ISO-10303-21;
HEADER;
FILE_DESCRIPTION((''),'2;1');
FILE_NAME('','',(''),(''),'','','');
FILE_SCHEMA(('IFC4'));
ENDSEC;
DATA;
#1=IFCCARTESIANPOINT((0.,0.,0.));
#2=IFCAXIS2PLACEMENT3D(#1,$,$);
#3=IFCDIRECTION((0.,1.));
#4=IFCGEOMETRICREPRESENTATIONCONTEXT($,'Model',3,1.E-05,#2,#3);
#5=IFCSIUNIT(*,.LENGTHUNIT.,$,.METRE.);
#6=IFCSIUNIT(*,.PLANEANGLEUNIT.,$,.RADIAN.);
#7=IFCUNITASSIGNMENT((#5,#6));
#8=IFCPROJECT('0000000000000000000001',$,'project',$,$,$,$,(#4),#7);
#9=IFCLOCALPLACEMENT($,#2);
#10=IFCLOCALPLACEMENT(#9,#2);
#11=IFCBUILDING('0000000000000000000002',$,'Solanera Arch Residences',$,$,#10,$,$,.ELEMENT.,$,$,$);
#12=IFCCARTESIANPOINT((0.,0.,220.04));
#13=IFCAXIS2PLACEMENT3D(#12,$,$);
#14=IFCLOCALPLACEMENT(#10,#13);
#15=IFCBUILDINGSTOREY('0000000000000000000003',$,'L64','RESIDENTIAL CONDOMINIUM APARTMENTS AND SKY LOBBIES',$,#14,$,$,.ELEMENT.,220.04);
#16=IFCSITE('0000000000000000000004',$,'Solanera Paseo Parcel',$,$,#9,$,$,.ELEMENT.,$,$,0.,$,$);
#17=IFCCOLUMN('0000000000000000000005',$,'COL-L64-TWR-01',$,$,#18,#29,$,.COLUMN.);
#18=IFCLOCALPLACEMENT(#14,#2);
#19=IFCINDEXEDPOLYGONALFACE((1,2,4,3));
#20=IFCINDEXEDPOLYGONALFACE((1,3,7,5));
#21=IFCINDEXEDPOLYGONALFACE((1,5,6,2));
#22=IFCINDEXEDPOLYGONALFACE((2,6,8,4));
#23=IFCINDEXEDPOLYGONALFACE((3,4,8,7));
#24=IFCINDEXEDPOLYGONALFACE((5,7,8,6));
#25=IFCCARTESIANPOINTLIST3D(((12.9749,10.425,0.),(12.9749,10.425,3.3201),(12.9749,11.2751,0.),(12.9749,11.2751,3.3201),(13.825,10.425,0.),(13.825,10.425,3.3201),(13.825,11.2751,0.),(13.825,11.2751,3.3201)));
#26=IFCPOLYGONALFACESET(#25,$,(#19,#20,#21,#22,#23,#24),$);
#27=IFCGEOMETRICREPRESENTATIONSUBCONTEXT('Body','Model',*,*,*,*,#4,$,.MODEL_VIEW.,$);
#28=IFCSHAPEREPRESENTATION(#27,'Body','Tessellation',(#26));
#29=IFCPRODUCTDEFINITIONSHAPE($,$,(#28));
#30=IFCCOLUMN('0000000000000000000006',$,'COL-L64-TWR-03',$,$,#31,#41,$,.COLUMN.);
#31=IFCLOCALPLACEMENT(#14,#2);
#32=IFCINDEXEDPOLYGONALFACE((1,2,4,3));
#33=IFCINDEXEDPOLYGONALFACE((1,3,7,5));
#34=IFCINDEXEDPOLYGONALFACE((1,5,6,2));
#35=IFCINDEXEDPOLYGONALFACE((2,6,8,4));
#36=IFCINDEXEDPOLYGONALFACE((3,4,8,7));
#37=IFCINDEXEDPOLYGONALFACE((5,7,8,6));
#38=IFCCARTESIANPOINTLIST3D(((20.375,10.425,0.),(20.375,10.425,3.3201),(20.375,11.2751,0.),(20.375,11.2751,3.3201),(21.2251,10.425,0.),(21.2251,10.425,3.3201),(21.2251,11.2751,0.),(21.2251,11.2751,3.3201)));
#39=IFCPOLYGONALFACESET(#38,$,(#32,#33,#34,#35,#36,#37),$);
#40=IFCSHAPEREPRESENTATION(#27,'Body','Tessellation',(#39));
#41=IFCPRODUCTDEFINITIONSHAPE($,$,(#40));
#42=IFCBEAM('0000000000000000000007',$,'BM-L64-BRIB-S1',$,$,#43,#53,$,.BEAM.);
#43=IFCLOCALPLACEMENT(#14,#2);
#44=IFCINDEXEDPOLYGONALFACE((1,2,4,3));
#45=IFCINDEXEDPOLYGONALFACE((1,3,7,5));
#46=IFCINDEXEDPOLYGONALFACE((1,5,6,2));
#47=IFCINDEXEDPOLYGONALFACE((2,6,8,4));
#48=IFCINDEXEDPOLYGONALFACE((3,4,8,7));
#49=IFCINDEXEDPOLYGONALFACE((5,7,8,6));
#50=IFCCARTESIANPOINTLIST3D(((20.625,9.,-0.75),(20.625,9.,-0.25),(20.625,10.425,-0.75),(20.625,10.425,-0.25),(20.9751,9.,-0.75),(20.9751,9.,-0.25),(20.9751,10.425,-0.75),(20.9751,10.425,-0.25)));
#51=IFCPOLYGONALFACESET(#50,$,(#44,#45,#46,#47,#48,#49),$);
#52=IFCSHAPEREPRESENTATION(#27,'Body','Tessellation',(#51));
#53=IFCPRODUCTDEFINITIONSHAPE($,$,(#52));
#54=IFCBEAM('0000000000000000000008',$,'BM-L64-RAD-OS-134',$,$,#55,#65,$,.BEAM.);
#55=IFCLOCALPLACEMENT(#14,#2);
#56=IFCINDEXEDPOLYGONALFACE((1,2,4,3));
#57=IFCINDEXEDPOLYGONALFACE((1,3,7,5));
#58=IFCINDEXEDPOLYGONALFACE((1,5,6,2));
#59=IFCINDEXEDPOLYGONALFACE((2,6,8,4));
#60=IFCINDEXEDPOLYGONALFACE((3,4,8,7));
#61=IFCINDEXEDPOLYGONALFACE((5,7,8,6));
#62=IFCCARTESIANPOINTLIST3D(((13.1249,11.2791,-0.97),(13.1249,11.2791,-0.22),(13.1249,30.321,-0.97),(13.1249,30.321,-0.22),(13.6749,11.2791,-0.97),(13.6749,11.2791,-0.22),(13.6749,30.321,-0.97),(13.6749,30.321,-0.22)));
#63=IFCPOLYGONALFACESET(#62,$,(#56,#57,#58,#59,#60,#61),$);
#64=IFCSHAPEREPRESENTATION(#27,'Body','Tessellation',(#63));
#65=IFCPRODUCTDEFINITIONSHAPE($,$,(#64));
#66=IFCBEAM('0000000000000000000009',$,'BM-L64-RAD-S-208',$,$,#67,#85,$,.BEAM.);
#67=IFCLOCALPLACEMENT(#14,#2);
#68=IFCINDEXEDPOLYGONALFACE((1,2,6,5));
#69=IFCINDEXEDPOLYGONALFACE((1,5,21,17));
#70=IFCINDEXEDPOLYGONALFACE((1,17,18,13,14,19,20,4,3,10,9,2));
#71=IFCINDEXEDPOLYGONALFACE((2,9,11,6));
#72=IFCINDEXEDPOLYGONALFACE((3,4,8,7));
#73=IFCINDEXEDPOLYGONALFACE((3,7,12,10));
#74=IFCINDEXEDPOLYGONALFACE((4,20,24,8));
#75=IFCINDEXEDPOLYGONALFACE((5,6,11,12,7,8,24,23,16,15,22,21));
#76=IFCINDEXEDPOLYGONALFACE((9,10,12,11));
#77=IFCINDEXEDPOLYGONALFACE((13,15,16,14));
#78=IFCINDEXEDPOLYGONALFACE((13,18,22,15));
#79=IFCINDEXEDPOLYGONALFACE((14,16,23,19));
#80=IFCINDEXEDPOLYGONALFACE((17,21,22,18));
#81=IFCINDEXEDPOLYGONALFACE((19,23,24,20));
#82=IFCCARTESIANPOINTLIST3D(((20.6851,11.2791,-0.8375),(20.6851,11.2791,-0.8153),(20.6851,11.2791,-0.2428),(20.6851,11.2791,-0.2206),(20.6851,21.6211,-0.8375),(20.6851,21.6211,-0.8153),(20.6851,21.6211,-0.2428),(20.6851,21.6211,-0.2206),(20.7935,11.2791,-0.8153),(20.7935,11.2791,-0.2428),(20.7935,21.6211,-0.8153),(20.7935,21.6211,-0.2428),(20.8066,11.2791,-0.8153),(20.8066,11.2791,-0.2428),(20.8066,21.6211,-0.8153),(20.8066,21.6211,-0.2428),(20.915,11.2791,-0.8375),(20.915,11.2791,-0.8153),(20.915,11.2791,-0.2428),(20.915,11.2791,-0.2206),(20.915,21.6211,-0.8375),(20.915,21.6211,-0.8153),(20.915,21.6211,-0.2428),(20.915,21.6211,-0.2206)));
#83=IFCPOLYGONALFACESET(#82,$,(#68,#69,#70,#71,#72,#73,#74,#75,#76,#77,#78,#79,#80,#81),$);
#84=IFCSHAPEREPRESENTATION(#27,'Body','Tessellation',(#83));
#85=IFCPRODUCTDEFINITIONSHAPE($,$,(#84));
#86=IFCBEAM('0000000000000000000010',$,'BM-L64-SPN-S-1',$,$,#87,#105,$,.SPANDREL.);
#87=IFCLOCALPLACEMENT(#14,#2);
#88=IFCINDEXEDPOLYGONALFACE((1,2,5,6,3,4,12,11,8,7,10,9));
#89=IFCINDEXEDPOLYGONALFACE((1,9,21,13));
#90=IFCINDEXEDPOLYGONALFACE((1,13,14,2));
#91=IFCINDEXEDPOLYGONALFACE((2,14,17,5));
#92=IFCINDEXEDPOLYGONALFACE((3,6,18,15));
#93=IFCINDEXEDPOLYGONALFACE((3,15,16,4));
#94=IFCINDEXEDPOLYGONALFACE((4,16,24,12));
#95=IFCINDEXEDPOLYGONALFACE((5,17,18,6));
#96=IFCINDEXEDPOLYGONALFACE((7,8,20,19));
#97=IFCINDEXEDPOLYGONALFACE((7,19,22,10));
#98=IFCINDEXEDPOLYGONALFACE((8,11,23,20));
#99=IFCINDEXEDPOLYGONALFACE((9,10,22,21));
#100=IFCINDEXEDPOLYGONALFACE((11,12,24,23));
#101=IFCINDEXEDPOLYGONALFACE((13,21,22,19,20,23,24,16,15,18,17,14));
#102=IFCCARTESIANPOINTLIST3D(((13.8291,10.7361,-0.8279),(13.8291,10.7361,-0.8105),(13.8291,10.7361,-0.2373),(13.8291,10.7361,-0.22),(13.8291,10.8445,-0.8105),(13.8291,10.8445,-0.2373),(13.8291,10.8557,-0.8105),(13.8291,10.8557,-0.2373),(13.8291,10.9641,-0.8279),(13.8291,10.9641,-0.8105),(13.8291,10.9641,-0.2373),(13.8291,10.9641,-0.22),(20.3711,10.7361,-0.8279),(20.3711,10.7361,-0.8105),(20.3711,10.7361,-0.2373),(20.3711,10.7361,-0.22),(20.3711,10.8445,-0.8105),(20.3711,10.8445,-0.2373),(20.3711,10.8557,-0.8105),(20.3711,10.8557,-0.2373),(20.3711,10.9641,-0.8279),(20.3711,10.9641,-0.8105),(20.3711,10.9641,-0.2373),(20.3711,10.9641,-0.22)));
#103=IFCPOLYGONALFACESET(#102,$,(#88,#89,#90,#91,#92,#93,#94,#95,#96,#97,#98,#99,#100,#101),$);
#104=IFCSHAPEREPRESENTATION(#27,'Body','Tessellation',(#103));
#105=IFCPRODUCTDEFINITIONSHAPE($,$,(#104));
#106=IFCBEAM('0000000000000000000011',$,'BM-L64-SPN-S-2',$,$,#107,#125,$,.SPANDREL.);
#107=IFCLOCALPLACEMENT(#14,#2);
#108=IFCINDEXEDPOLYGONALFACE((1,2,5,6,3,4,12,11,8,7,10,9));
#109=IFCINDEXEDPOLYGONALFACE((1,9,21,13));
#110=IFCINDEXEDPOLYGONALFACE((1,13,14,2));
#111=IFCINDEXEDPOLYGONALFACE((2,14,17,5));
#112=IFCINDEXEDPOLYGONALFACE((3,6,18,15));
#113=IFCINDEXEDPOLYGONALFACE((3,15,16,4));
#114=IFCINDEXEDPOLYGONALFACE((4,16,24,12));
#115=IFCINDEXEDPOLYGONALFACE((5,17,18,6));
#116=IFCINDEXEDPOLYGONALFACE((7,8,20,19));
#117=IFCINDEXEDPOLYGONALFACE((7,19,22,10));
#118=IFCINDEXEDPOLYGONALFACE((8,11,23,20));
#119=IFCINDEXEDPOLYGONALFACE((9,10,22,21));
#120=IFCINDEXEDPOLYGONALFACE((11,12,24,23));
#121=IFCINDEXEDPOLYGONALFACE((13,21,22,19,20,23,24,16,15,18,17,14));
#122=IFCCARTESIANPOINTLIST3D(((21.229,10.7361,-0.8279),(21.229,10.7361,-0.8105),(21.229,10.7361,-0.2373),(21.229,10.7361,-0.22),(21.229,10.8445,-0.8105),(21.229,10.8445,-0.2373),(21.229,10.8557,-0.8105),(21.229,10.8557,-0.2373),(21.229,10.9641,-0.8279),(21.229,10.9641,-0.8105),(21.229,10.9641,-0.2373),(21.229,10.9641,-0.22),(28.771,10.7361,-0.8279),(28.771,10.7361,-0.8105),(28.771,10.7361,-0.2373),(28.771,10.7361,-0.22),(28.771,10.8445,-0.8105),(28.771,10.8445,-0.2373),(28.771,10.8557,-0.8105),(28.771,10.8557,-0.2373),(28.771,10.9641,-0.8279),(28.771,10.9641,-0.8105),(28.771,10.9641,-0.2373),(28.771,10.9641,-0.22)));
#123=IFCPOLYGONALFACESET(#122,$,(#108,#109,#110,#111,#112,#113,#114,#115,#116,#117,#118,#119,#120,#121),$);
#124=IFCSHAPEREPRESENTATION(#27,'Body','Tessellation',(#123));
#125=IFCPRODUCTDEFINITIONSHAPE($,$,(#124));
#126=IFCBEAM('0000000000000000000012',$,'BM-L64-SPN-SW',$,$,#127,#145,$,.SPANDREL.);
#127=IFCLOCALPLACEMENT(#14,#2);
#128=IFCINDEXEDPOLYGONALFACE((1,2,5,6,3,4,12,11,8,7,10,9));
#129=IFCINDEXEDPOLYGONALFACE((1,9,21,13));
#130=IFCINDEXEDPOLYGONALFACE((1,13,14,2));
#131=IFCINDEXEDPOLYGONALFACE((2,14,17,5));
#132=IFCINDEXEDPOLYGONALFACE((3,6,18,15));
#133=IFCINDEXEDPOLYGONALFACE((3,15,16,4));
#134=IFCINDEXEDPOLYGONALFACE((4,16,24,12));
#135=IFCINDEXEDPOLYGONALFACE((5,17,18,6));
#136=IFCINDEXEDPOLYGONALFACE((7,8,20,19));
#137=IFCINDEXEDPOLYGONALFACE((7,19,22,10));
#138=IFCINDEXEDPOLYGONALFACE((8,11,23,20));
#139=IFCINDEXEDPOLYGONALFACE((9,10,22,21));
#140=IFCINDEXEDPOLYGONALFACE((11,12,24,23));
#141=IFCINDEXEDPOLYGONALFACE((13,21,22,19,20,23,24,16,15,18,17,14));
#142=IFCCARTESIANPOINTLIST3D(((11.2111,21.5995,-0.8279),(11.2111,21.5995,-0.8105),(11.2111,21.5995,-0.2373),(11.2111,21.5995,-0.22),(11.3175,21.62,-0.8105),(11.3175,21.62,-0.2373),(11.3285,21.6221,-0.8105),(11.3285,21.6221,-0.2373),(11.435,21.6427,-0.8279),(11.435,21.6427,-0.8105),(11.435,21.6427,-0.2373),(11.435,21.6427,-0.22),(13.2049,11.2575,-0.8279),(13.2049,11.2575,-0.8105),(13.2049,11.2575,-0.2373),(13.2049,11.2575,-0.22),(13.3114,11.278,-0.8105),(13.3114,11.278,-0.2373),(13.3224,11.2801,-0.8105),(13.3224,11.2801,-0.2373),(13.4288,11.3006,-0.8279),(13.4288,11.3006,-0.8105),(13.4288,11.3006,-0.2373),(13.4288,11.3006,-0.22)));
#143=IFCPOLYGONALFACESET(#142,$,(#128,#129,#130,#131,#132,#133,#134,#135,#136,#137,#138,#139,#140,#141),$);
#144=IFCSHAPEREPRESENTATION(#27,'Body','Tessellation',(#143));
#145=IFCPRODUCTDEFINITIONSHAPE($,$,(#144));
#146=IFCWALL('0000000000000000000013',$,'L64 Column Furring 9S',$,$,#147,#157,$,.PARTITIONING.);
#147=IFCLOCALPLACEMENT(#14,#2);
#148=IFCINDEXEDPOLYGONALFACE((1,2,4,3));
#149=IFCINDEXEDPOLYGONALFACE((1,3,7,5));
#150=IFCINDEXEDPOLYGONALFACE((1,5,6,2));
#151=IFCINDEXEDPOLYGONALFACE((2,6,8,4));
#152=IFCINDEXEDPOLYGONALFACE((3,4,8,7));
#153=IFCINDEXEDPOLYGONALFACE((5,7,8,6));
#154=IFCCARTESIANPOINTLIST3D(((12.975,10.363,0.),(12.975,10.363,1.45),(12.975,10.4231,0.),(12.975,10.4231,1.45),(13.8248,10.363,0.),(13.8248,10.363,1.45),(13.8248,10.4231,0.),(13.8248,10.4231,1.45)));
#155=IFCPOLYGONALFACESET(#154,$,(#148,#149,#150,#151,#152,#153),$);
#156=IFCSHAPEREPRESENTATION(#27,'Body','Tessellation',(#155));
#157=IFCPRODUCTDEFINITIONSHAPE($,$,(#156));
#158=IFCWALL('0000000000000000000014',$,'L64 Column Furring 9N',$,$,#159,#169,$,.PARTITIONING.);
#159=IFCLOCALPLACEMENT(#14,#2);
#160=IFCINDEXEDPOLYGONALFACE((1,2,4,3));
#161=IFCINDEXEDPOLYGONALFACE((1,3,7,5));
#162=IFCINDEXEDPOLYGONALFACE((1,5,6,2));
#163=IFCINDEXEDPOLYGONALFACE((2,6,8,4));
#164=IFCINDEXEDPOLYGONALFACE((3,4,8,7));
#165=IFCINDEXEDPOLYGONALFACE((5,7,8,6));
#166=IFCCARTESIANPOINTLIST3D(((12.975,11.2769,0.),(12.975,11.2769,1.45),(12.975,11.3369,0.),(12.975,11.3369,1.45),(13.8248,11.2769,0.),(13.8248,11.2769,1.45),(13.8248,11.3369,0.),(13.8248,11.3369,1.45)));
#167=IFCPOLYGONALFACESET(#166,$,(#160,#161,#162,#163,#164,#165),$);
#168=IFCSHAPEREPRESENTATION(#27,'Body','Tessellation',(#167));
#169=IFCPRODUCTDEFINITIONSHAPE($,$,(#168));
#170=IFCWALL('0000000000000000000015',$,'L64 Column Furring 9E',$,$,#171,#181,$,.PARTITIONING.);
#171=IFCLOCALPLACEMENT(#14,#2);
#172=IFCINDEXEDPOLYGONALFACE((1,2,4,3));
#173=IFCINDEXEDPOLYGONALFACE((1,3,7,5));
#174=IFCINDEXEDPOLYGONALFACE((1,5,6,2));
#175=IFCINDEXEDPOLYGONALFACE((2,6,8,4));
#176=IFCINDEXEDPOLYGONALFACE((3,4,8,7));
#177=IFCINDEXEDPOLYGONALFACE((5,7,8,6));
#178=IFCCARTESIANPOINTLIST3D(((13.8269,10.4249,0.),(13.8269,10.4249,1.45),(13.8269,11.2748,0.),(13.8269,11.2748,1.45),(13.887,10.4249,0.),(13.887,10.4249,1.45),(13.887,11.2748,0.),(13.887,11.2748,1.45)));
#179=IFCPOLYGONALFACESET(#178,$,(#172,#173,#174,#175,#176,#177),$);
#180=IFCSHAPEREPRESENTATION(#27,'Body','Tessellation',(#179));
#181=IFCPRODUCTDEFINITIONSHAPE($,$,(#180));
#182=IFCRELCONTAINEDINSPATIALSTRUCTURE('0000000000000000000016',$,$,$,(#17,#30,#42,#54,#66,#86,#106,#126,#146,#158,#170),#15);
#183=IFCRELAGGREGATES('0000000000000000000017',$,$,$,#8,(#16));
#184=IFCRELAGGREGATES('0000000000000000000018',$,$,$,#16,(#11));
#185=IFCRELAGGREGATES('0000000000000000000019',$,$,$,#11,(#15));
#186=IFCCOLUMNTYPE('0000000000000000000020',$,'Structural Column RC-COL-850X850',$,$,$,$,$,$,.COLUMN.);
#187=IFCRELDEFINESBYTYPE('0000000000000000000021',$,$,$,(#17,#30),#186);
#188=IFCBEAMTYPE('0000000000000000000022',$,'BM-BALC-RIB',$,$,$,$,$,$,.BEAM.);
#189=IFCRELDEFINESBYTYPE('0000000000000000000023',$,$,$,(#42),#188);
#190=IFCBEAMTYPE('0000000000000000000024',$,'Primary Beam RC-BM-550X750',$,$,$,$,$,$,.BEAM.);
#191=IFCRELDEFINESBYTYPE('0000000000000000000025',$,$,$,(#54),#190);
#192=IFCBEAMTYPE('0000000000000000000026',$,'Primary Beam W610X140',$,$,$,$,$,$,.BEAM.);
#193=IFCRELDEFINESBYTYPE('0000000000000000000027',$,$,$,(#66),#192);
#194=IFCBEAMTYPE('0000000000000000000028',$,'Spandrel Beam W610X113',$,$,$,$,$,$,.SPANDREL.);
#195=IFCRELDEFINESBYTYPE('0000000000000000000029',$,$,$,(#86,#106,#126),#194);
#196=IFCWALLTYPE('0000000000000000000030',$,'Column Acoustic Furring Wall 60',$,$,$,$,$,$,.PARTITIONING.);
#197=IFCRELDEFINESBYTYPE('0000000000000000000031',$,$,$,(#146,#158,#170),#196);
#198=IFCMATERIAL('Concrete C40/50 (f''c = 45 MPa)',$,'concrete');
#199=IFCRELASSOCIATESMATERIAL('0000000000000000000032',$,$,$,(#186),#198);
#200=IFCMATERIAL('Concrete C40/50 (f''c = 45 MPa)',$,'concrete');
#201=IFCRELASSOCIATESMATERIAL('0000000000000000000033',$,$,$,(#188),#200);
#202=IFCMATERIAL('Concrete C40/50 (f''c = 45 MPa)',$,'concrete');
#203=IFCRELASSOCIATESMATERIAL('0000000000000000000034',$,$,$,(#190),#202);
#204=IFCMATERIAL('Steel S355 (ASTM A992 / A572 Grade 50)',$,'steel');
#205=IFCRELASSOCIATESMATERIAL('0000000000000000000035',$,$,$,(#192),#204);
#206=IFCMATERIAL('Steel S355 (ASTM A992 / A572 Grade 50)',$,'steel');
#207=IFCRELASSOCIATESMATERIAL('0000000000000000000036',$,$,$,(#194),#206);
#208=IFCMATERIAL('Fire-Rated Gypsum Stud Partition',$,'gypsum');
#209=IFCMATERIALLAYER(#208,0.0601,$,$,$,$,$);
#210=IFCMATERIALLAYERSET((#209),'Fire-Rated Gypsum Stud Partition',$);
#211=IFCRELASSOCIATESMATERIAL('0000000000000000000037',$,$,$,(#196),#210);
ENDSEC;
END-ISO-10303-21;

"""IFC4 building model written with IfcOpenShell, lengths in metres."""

from ifc_helpers import new_model, si_unit, direction, frame, frame_2d, origin, origin_2d, place, context, subcontext, project, spatial, rectangle, i_section, extrude, material, layer, layer_set, material_profile, profile_set, type_object, element, save


model = new_model("IFC4")

# Units and contexts
model_context = context("Model", 3, precision=1e-05, world=origin(), true_north=direction((0.0, 1.0)))
body_context = subcontext(model_context, "Body", "Model", "MODEL_VIEW")
ifc_project = project(units=[si_unit("LENGTHUNIT", "METRE"), si_unit("PLANEANGLEUNIT", "RADIAN")], contexts=[model_context])

# Site, building, storey
site_placement = place(None, origin())
site = spatial("IfcSite", under=ifc_project, at=site_placement, Name="Solanera Paseo Parcel", CompositionType="ELEMENT", RefElevation=0.0)
building_placement = place(site_placement, origin())
building = spatial("IfcBuilding", under=site, at=building_placement, Name="Solanera Arch Residences", CompositionType="ELEMENT")
storey_placement = place(building_placement, frame((0.0, 0.0, 220.04)))
storey = spatial("IfcBuildingStorey", under=building, at=storey_placement, Name="L64", Description="RESIDENTIAL CONDOMINIUM APARTMENTS AND SKY LOBBIES", CompositionType="ELEMENT", Elevation=220.04)

# Columns
ifc_material_1 = material(Name="Concrete C40/50 (f'c = 45 MPa)", Category="concrete")
ifc_material_profile_1 = material_profile(ifc_material_1, rectangle(XDim=0.8501, YDim=0.8501, at=origin_2d()))
ifc_profile_set_1 = profile_set([ifc_material_profile_1], Name="Concrete C40/50 (f'c = 45 MPa)")
column_type = type_object("IfcColumnType", Name="Structural Column RC-COL-850X850", PredefinedType="COLUMN", material=ifc_profile_set_1)
for number, where, z_axis, x_axis, name in (
    (1, (13.3999, 10.8501, 0.0), (0.0, 0.0, 1.0), (1.0, 0.0, 0.0), "COL-L64-TWR-01"),
    (2, (20.8, 10.8501, 0.0), (0.0, 0.0, 1.0), (1.0, 0.0, 0.0), "COL-L64-TWR-03"),
):
    element("IfcColumn", number, at=place(storey_placement, frame(where, z_axis=z_axis, x_axis=x_axis)), inside=storey, type_object=column_type, Name=name, PredefinedType="COLUMN", context=body_context, shape_type="SweptSolid", body=[
        extrude(rectangle(XDim=0.8501, YDim=0.8501, at=origin_2d()), origin(), (0.0, 0.0, 1.0), 3.3201),
    ])

# Beams
ifc_material_2 = material(Name="Concrete C40/50 (f'c = 45 MPa)", Category="concrete")
ifc_material_profile_2 = material_profile(ifc_material_2, rectangle(XDim=0.3501, YDim=0.5, at=origin_2d()))
ifc_profile_set_2 = profile_set([ifc_material_profile_2], Name="Concrete C40/50 (f'c = 45 MPa)")
beam_type_1 = type_object("IfcBeamType", Name="BM-BALC-RIB", PredefinedType="BEAM", material=ifc_profile_set_2)
beam_1_placement = place(storey_placement, frame((20.8, 9.0, -0.5), z_axis=(0.0, 1.0, 0.0), x_axis=(-1.0, 0.0, 0.0)))
element("IfcBeam", 3, at=beam_1_placement, inside=storey, type_object=beam_type_1, Name="BM-L64-BRIB-S1", PredefinedType="BEAM", context=body_context, shape_type="SweptSolid", body=[
    extrude(rectangle(XDim=0.3501, YDim=0.5, at=origin_2d()), origin(), (0.0, 0.0, 1.0), 1.425),
])
ifc_material_3 = material(Name="Concrete C40/50 (f'c = 45 MPa)", Category="concrete")
ifc_material_profile_3 = material_profile(ifc_material_3, rectangle(XDim=0.55, YDim=0.75, at=origin_2d()))
ifc_profile_set_3 = profile_set([ifc_material_profile_3], Name="Concrete C40/50 (f'c = 45 MPa)")
beam_type_2 = type_object("IfcBeamType", Name="Primary Beam RC-BM-550X750", PredefinedType="BEAM", material=ifc_profile_set_3)
beam_2_placement = place(storey_placement, frame((13.3999, 11.2791, -0.595), z_axis=(0.0, 1.0, 0.0), x_axis=(-1.0, 0.0, 0.0)))
element("IfcBeam", 4, at=beam_2_placement, inside=storey, type_object=beam_type_2, Name="BM-L64-RAD-OS-134", PredefinedType="BEAM", context=body_context, shape_type="SweptSolid", body=[
    extrude(rectangle(XDim=0.55, YDim=0.75, at=origin_2d()), origin(), (0.0, 0.0, 1.0), 19.042),
])
ifc_material_4 = material(Name="Steel S355 (ASTM A992 / A572 Grade 50)", Category="steel")
ifc_material_profile_4 = material_profile(ifc_material_4, i_section(OverallWidth=0.23, OverallDepth=0.6169, WebThickness=0.0132, FlangeThickness=0.0222, at=origin_2d()))
ifc_profile_set_4 = profile_set([ifc_material_profile_4], Name="Steel S355 (ASTM A992 / A572 Grade 50)")
beam_type_3 = type_object("IfcBeamType", Name="Primary Beam W610X140", PredefinedType="BEAM", material=ifc_profile_set_4)
beam_3_placement = place(storey_placement, frame((20.8, 11.2791, -0.5291), z_axis=(0.0, 1.0, 0.0), x_axis=(-1.0, 0.0, 0.0)))
element("IfcBeam", 5, at=beam_3_placement, inside=storey, type_object=beam_type_3, Name="BM-L64-RAD-S-208", PredefinedType="BEAM", context=body_context, shape_type="SweptSolid", body=[
    extrude(i_section(OverallWidth=0.23, OverallDepth=0.6169, WebThickness=0.0132, FlangeThickness=0.0222, at=origin_2d()), origin(), (0.0, 0.0, 1.0), 10.342),
])
ifc_material_5 = material(Name="Steel S355 (ASTM A992 / A572 Grade 50)", Category="steel")
ifc_material_profile_5 = material_profile(ifc_material_5, i_section(OverallWidth=0.228, OverallDepth=0.6079, WebThickness=0.0112, FlangeThickness=0.0173, at=origin_2d()))
ifc_profile_set_5 = profile_set([ifc_material_profile_5], Name="Steel S355 (ASTM A992 / A572 Grade 50)")
beam_type_4 = type_object("IfcBeamType", Name="Spandrel Beam W610X113", PredefinedType="SPANDREL", material=ifc_profile_set_5)
beam_4_placement = place(storey_placement, frame((13.8291, 10.8501, -0.5239), z_axis=(1.0, 0.0, 0.0), x_axis=(0.0, 1.0, 0.0)))
element("IfcBeam", 6, at=beam_4_placement, inside=storey, type_object=beam_type_4, Name="BM-L64-SPN-S-1", PredefinedType="SPANDREL", context=body_context, shape_type="SweptSolid", body=[
    extrude(i_section(OverallWidth=0.228, OverallDepth=0.6079, WebThickness=0.0112, FlangeThickness=0.0173, at=origin_2d()), origin(), (0.0, 0.0, 1.0), 6.542),
])
beam_5_placement = place(storey_placement, frame((21.229, 10.8501, -0.5239), z_axis=(1.0, 0.0, 0.0), x_axis=(0.0, 1.0, 0.0)))
element("IfcBeam", 7, at=beam_5_placement, inside=storey, type_object=beam_type_4, Name="BM-L64-SPN-S-2", PredefinedType="SPANDREL", context=body_context, shape_type="SweptSolid", body=[
    extrude(i_section(OverallWidth=0.228, OverallDepth=0.6079, WebThickness=0.0112, FlangeThickness=0.0173, at=origin_2d()), origin(), (0.0, 0.0, 1.0), 7.542),
])
beam_6_placement = place(storey_placement, frame((13.3169, 11.2791, -0.5239), z_axis=(-0.189309, 0.981918, 0.0), x_axis=(-0.981918, -0.189309, 0.0)))
element("IfcBeam", 8, at=beam_6_placement, inside=storey, type_object=beam_type_4, Name="BM-L64-SPN-SW", PredefinedType="SPANDREL", context=body_context, shape_type="SweptSolid", body=[
    extrude(i_section(OverallWidth=0.228, OverallDepth=0.6079, WebThickness=0.0112, FlangeThickness=0.0173, at=origin_2d()), origin(), (0.0, 0.0, 1.0), 10.5325),
])

# Walls
ifc_material_6 = material(Name="Fire-Rated Gypsum Stud Partition", Category="gypsum")
ifc_layer_1 = layer(ifc_material_6, 0.0601)
ifc_layer_set_1 = layer_set([ifc_layer_1], Name="Fire-Rated Gypsum Stud Partition")
wall_type_1 = type_object("IfcWallType", Name="Column Acoustic Furring Wall 60", PredefinedType="PARTITIONING", material=ifc_layer_set_1)
for number, where, z_axis, x_axis, name in (
    (9, (12.9751, 10.3931, 0.0), (0.0, 0.0, 1.0), (1.0, 0.0, 0.0), "L64 Column Furring 9S"),
    (10, (12.9751, 11.3069, 0.0), (0.0, 0.0, 1.0), (1.0, 0.0, 0.0), "L64 Column Furring 9N"),
    (11, (13.8569, 10.425, 0.0), (0.0, 0.0, 1.0), (0.0, 1.0, 0.0), "L64 Column Furring 9E"),
):
    element("IfcWall", number, at=place(storey_placement, frame(where, z_axis=z_axis, x_axis=x_axis)), inside=storey, type_object=wall_type_1, Name=name, PredefinedType="PARTITIONING", context=body_context, shape_type="SweptSolid", body=[
        extrude(rectangle(XDim=0.8499, YDim=0.0601, at=frame_2d((0.4248, 0.0))), origin(), (0.0, 0.0, 1.0), 1.45),
    ])

save(model, "model.ifc")
